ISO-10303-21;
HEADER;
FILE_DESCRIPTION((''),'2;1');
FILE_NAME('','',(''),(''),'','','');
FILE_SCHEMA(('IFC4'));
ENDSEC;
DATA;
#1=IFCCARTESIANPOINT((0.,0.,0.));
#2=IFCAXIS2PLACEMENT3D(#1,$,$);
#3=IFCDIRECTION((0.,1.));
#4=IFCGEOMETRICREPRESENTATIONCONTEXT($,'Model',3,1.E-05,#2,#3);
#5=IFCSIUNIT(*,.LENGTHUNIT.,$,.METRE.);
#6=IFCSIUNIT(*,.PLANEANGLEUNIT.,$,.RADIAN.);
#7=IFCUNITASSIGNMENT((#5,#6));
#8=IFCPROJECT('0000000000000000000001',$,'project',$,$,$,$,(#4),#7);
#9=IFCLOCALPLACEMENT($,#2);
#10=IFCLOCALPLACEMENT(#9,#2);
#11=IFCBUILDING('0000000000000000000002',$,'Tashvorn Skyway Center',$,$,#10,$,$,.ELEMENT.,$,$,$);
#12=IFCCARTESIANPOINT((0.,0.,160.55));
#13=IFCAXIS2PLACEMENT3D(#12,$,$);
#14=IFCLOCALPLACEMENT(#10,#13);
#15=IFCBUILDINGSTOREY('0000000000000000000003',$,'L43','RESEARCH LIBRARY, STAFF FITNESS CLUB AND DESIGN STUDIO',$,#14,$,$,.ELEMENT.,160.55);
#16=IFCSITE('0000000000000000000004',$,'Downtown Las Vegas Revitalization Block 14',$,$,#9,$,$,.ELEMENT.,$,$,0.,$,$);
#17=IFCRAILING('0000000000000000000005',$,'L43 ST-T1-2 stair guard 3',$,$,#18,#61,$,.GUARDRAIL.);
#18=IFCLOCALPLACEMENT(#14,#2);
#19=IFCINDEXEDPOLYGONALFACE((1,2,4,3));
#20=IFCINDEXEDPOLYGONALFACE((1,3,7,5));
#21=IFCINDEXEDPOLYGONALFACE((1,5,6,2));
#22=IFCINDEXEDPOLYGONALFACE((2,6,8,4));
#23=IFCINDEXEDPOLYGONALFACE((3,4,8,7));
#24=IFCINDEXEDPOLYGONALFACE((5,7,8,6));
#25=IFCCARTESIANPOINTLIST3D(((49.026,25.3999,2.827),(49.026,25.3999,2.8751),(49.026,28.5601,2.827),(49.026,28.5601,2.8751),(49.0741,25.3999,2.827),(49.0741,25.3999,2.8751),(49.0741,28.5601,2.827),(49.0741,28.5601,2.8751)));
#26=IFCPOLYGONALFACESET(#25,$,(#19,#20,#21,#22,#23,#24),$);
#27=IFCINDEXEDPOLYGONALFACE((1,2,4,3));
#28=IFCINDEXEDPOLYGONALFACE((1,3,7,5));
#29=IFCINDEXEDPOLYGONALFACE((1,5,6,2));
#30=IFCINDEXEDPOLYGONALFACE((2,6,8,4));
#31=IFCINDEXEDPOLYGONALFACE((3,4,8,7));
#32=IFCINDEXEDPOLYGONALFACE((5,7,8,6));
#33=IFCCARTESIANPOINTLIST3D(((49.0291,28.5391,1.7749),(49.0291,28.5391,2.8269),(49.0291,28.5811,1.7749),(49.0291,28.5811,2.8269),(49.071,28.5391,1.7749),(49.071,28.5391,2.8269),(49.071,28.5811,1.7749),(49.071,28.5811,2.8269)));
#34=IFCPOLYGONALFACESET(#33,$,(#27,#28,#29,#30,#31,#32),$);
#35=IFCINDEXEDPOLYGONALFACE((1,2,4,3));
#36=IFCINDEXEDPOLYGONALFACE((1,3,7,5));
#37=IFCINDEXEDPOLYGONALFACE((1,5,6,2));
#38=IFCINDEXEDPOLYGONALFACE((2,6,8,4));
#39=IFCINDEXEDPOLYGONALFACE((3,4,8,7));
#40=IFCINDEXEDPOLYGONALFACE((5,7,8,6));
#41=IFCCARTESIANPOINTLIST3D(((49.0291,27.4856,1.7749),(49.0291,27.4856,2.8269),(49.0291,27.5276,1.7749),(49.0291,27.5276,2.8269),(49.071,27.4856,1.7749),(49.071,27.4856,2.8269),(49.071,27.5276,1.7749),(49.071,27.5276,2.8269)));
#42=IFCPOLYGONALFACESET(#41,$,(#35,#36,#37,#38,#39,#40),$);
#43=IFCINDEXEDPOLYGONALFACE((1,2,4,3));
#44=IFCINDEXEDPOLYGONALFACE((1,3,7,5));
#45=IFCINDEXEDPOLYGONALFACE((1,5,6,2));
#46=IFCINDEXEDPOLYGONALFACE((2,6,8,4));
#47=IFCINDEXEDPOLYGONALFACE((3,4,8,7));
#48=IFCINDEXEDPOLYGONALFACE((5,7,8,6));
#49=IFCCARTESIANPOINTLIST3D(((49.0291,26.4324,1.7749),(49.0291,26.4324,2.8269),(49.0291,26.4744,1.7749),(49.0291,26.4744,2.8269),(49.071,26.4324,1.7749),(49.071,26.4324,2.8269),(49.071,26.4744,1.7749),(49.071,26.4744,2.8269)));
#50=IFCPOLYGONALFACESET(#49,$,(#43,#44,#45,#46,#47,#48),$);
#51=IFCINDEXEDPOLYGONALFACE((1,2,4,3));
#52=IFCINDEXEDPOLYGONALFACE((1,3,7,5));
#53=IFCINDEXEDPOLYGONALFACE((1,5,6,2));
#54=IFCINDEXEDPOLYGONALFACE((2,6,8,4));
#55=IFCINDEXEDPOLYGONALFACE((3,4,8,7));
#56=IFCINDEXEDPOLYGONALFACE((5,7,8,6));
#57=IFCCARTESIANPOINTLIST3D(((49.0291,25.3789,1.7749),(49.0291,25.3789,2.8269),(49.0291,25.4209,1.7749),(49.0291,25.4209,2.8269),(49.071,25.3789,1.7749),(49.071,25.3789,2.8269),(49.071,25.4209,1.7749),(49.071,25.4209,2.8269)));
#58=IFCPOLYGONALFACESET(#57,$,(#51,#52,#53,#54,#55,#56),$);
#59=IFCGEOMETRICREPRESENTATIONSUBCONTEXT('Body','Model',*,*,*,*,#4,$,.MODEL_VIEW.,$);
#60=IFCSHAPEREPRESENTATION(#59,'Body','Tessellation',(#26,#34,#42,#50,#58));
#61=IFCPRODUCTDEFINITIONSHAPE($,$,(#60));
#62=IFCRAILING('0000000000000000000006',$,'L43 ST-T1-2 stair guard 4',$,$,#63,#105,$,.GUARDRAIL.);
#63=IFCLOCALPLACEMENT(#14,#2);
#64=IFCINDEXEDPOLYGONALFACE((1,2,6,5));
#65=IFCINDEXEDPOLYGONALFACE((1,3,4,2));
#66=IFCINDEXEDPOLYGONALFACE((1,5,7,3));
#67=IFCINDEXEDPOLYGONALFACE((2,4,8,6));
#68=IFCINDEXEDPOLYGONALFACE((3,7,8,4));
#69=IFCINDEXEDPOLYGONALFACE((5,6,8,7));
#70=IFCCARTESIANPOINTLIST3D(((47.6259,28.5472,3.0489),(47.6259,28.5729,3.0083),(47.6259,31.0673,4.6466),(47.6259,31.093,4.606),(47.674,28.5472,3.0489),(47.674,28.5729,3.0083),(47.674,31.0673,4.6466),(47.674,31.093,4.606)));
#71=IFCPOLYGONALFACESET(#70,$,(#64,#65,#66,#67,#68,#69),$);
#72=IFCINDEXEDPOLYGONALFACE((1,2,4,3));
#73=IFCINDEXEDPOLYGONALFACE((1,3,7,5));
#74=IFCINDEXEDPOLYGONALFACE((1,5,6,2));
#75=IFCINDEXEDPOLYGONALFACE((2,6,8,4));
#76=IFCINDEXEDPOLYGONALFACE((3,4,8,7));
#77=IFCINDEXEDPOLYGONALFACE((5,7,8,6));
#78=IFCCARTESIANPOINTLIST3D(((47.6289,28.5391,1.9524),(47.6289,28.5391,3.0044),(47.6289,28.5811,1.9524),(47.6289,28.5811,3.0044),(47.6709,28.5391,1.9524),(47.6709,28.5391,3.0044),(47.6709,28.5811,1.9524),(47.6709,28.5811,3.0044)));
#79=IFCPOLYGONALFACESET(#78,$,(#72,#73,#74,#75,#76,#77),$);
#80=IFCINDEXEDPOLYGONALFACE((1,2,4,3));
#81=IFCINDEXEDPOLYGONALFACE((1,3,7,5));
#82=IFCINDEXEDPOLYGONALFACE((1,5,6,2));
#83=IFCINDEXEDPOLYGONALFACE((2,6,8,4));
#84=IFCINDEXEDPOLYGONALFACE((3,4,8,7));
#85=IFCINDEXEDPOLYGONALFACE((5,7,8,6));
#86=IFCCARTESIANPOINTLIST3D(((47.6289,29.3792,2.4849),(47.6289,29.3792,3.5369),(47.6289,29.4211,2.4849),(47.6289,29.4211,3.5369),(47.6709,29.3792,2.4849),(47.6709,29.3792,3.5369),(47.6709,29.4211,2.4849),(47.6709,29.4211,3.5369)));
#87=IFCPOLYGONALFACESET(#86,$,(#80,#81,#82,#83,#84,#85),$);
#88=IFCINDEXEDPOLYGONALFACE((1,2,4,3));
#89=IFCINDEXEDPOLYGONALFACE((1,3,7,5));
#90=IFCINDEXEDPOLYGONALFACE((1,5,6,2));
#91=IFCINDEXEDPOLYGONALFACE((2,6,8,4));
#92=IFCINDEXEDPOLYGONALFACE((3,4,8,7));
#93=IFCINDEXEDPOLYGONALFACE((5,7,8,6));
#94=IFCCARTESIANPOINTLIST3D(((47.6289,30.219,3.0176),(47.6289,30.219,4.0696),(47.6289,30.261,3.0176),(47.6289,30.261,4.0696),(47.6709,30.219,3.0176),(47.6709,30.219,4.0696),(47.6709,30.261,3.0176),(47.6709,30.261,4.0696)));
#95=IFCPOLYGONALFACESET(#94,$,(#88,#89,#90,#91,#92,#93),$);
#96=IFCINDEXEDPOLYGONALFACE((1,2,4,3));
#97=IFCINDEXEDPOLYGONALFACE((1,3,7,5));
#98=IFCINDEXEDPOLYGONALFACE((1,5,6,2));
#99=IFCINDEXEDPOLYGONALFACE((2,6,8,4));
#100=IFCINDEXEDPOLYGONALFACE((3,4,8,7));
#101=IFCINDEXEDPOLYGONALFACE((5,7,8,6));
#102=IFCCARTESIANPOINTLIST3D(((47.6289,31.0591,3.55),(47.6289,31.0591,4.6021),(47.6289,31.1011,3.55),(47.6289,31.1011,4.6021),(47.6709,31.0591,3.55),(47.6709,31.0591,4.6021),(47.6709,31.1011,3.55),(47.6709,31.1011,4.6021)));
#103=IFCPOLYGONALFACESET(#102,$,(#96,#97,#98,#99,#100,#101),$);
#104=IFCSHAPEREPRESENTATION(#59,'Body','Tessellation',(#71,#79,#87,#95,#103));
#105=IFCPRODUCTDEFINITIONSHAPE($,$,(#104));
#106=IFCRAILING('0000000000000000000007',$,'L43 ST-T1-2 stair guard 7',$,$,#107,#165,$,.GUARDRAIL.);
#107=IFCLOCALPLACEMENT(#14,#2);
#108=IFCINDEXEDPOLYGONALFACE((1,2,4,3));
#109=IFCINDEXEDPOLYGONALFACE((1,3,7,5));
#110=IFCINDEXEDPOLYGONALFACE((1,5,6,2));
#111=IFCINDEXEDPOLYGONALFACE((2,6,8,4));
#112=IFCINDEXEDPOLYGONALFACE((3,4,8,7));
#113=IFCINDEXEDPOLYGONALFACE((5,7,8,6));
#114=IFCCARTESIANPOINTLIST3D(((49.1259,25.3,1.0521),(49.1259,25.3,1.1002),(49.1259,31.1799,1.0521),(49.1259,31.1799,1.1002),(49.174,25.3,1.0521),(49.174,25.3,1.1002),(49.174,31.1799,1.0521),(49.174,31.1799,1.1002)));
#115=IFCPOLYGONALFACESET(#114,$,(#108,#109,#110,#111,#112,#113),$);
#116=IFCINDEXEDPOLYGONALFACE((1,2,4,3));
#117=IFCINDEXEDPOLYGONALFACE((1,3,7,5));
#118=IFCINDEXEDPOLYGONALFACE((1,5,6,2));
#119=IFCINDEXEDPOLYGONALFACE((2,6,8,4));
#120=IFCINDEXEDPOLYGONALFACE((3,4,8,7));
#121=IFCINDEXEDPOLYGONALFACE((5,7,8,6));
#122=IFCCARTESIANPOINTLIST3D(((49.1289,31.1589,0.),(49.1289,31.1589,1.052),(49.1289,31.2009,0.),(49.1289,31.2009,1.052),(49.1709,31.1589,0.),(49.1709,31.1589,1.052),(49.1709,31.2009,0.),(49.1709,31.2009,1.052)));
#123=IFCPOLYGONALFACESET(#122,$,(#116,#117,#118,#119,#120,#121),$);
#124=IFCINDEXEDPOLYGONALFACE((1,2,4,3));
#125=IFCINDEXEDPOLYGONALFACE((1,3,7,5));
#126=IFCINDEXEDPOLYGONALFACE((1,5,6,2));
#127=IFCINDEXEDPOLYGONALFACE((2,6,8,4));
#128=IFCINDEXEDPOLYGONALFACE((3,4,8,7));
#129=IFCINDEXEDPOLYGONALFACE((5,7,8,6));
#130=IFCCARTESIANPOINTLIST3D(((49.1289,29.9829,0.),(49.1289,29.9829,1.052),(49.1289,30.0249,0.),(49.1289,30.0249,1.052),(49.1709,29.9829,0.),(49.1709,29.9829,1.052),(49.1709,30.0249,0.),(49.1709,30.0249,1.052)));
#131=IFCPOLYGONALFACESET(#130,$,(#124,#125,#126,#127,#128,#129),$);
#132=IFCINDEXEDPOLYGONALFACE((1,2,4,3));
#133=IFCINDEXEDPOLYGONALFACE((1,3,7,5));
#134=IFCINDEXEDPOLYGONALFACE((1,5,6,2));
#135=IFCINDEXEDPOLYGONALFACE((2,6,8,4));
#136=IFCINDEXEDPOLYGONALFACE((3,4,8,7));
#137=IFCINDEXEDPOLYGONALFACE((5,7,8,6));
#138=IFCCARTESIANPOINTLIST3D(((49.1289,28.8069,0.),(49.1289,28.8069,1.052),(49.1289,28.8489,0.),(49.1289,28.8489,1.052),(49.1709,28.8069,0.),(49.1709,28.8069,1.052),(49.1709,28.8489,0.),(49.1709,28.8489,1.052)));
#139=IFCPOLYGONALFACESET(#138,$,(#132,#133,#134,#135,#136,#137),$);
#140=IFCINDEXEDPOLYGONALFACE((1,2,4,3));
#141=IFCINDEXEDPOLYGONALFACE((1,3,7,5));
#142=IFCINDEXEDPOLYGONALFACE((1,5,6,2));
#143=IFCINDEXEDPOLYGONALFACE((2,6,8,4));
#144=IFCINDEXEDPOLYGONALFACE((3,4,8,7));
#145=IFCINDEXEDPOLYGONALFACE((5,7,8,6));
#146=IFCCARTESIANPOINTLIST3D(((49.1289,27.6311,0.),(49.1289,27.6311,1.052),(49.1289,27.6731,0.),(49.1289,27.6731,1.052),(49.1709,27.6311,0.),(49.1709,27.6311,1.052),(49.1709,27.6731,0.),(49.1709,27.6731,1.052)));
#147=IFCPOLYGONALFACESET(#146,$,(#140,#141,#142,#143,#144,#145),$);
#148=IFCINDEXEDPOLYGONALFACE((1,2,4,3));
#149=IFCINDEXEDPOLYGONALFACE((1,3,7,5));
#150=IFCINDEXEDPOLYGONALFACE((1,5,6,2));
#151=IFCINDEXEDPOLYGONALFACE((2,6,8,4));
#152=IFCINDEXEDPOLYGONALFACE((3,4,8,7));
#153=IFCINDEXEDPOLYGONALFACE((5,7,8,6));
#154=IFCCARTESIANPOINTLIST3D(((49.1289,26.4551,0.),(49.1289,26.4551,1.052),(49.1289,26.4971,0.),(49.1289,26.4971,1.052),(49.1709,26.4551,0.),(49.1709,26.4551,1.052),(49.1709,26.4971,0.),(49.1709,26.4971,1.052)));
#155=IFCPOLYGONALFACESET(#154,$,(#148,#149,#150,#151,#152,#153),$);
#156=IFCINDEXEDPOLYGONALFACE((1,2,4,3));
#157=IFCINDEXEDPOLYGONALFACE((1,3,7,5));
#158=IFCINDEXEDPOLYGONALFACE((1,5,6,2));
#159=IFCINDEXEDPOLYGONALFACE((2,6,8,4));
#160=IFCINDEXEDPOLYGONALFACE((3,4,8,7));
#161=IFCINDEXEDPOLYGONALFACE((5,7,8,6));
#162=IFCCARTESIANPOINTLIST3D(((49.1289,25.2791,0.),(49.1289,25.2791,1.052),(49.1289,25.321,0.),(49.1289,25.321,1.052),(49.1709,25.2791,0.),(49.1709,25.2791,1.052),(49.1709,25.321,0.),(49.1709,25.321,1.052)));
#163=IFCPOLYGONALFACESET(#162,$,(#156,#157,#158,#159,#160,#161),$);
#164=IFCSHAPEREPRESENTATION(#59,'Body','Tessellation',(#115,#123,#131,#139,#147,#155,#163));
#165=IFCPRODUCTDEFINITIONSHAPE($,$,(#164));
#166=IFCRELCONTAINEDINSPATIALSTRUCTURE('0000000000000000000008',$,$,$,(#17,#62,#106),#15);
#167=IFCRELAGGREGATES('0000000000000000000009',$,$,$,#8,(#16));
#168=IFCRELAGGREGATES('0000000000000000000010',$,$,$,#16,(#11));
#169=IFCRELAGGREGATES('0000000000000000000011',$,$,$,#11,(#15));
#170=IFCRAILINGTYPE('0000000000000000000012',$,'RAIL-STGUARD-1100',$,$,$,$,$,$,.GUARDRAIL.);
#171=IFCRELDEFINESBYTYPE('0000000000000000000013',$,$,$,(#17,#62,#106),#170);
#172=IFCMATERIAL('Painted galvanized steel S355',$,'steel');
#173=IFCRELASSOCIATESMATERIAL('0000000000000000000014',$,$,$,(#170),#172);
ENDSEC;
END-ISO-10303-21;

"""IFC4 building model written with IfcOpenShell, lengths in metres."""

from ifc_helpers import new_model, si_unit, direction, frame, origin, origin_2d, place, context, subcontext, project, spatial, rectangle, extrude, material, type_object, element, save


model = new_model("IFC4")

# Units and contexts
model_context = context("Model", 3, precision=1e-05, world=origin(), true_north=direction((0.0, 1.0)))
body_context = subcontext(model_context, "Body", "Model", "MODEL_VIEW")
ifc_project = project(units=[si_unit("LENGTHUNIT", "METRE"), si_unit("PLANEANGLEUNIT", "RADIAN")], contexts=[model_context])

# Site, building, storey
site_placement = place(None, origin())
site = spatial("IfcSite", under=ifc_project, at=site_placement, Name="Downtown Las Vegas Revitalization Block 14", CompositionType="ELEMENT", RefElevation=0.0)
building_placement = place(site_placement, origin())
building = spatial("IfcBuilding", under=site, at=building_placement, Name="Tashvorn Skyway Center", CompositionType="ELEMENT")
storey_placement = place(building_placement, frame((0.0, 0.0, 160.55)))
storey = spatial("IfcBuildingStorey", under=building, at=storey_placement, Name="L43", Description="RESEARCH LIBRARY, STAFF FITNESS CLUB AND DESIGN STUDIO", CompositionType="ELEMENT", Elevation=160.55)

# Railings
ifc_material_1 = material(Name="Painted galvanized steel S355", Category="steel")
railing_type_1 = type_object("IfcRailingType", Name="RAIL-STGUARD-1100", PredefinedType="GUARDRAIL", material=ifc_material_1)
railing_1_placement = place(storey_placement, frame((49.05, 28.5601, 1.7749)))
element("IfcRailing", 1, at=railing_1_placement, inside=storey, type_object=railing_type_1, Name="L43 ST-T1-2 stair guard 3", PredefinedType="GUARDRAIL", context=body_context, shape_type="SweptSolid", body=[
    extrude(rectangle(XDim=0.0481, YDim=0.0481, at=origin_2d()), frame((0.0, 0.0, 1.0762), z_axis=(0.0, -1.0, 0.0), x_axis=(1.0, 0.0, 0.0)), (0.0, 0.0, 1.0), 3.1602),
    extrude(rectangle(XDim=0.042, YDim=0.042, at=origin_2d()), origin(), (0.0, 0.0, 1.0), 1.052),
    extrude(rectangle(XDim=0.042, YDim=0.042, at=origin_2d()), frame((0.0, -1.0535, 0.0)), (0.0, 0.0, 1.0), 1.052),
    extrude(rectangle(XDim=0.042, YDim=0.042, at=origin_2d()), frame((0.0, -2.1067, 0.0)), (0.0, 0.0, 1.0), 1.052),
    extrude(rectangle(XDim=0.042, YDim=0.042, at=origin_2d()), frame((0.0, -3.1602, 0.0)), (0.0, 0.0, 1.0), 1.052),
])
railing_2_placement = place(storey_placement, frame((47.6499, 28.5601, 1.9524)))
element("IfcRailing", 2, at=railing_2_placement, inside=storey, type_object=railing_type_1, Name="L43 ST-T1-2 stair guard 4", PredefinedType="GUARDRAIL", context=body_context, shape_type="SweptSolid", body=[
    extrude(rectangle(XDim=0.0481, YDim=0.0481, at=origin_2d()), frame((0.0, 0.0, 1.0762), z_axis=(0.0, 0.84457, 0.535445), x_axis=(-1.0, 0.0, 0.0)), (0.0, 0.0, 1.0), 2.9839),
    extrude(rectangle(XDim=0.042, YDim=0.042, at=origin_2d()), origin(), (0.0, 0.0, 1.0), 1.052),
    extrude(rectangle(XDim=0.042, YDim=0.042, at=origin_2d()), frame((0.0, 0.8401, 0.5325)), (0.0, 0.0, 1.0), 1.052),
    extrude(rectangle(XDim=0.042, YDim=0.042, at=origin_2d()), frame((0.0, 1.6799, 1.0652)), (0.0, 0.0, 1.0), 1.052),
    extrude(rectangle(XDim=0.042, YDim=0.042, at=origin_2d()), frame((0.0, 2.52, 1.5977)), (0.0, 0.0, 1.0), 1.052),
])
railing_3_placement = place(storey_placement, frame((49.1499, 31.1799, 0.0)))
element("IfcRailing", 3, at=railing_3_placement, inside=storey, type_object=railing_type_1, Name="L43 ST-T1-2 stair guard 7", PredefinedType="GUARDRAIL", context=body_context, shape_type="SweptSolid", body=[
    extrude(rectangle(XDim=0.0481, YDim=0.0481, at=origin_2d()), frame((0.0, 0.0, 1.0762), z_axis=(0.0, -1.0, 0.0), x_axis=(1.0, 0.0, 0.0)), (0.0, 0.0, 1.0), 5.8799),
    extrude(rectangle(XDim=0.042, YDim=0.042, at=origin_2d()), origin(), (0.0, 0.0, 1.0), 1.052),
    extrude(rectangle(XDim=0.042, YDim=0.042, at=origin_2d()), frame((0.0, -1.176, 0.0)), (0.0, 0.0, 1.0), 1.052),
    extrude(rectangle(XDim=0.042, YDim=0.042, at=origin_2d()), frame((0.0, -2.3521, 0.0)), (0.0, 0.0, 1.0), 1.052),
    extrude(rectangle(XDim=0.042, YDim=0.042, at=origin_2d()), frame((0.0, -3.5278, 0.0)), (0.0, 0.0, 1.0), 1.052),
    extrude(rectangle(XDim=0.042, YDim=0.042, at=origin_2d()), frame((0.0, -4.7039, 0.0)), (0.0, 0.0, 1.0), 1.052),
    extrude(rectangle(XDim=0.042, YDim=0.042, at=origin_2d()), frame((0.0, -5.8799, 0.0)), (0.0, 0.0, 1.0), 1.052),
])

save(model, "model.ifc")
